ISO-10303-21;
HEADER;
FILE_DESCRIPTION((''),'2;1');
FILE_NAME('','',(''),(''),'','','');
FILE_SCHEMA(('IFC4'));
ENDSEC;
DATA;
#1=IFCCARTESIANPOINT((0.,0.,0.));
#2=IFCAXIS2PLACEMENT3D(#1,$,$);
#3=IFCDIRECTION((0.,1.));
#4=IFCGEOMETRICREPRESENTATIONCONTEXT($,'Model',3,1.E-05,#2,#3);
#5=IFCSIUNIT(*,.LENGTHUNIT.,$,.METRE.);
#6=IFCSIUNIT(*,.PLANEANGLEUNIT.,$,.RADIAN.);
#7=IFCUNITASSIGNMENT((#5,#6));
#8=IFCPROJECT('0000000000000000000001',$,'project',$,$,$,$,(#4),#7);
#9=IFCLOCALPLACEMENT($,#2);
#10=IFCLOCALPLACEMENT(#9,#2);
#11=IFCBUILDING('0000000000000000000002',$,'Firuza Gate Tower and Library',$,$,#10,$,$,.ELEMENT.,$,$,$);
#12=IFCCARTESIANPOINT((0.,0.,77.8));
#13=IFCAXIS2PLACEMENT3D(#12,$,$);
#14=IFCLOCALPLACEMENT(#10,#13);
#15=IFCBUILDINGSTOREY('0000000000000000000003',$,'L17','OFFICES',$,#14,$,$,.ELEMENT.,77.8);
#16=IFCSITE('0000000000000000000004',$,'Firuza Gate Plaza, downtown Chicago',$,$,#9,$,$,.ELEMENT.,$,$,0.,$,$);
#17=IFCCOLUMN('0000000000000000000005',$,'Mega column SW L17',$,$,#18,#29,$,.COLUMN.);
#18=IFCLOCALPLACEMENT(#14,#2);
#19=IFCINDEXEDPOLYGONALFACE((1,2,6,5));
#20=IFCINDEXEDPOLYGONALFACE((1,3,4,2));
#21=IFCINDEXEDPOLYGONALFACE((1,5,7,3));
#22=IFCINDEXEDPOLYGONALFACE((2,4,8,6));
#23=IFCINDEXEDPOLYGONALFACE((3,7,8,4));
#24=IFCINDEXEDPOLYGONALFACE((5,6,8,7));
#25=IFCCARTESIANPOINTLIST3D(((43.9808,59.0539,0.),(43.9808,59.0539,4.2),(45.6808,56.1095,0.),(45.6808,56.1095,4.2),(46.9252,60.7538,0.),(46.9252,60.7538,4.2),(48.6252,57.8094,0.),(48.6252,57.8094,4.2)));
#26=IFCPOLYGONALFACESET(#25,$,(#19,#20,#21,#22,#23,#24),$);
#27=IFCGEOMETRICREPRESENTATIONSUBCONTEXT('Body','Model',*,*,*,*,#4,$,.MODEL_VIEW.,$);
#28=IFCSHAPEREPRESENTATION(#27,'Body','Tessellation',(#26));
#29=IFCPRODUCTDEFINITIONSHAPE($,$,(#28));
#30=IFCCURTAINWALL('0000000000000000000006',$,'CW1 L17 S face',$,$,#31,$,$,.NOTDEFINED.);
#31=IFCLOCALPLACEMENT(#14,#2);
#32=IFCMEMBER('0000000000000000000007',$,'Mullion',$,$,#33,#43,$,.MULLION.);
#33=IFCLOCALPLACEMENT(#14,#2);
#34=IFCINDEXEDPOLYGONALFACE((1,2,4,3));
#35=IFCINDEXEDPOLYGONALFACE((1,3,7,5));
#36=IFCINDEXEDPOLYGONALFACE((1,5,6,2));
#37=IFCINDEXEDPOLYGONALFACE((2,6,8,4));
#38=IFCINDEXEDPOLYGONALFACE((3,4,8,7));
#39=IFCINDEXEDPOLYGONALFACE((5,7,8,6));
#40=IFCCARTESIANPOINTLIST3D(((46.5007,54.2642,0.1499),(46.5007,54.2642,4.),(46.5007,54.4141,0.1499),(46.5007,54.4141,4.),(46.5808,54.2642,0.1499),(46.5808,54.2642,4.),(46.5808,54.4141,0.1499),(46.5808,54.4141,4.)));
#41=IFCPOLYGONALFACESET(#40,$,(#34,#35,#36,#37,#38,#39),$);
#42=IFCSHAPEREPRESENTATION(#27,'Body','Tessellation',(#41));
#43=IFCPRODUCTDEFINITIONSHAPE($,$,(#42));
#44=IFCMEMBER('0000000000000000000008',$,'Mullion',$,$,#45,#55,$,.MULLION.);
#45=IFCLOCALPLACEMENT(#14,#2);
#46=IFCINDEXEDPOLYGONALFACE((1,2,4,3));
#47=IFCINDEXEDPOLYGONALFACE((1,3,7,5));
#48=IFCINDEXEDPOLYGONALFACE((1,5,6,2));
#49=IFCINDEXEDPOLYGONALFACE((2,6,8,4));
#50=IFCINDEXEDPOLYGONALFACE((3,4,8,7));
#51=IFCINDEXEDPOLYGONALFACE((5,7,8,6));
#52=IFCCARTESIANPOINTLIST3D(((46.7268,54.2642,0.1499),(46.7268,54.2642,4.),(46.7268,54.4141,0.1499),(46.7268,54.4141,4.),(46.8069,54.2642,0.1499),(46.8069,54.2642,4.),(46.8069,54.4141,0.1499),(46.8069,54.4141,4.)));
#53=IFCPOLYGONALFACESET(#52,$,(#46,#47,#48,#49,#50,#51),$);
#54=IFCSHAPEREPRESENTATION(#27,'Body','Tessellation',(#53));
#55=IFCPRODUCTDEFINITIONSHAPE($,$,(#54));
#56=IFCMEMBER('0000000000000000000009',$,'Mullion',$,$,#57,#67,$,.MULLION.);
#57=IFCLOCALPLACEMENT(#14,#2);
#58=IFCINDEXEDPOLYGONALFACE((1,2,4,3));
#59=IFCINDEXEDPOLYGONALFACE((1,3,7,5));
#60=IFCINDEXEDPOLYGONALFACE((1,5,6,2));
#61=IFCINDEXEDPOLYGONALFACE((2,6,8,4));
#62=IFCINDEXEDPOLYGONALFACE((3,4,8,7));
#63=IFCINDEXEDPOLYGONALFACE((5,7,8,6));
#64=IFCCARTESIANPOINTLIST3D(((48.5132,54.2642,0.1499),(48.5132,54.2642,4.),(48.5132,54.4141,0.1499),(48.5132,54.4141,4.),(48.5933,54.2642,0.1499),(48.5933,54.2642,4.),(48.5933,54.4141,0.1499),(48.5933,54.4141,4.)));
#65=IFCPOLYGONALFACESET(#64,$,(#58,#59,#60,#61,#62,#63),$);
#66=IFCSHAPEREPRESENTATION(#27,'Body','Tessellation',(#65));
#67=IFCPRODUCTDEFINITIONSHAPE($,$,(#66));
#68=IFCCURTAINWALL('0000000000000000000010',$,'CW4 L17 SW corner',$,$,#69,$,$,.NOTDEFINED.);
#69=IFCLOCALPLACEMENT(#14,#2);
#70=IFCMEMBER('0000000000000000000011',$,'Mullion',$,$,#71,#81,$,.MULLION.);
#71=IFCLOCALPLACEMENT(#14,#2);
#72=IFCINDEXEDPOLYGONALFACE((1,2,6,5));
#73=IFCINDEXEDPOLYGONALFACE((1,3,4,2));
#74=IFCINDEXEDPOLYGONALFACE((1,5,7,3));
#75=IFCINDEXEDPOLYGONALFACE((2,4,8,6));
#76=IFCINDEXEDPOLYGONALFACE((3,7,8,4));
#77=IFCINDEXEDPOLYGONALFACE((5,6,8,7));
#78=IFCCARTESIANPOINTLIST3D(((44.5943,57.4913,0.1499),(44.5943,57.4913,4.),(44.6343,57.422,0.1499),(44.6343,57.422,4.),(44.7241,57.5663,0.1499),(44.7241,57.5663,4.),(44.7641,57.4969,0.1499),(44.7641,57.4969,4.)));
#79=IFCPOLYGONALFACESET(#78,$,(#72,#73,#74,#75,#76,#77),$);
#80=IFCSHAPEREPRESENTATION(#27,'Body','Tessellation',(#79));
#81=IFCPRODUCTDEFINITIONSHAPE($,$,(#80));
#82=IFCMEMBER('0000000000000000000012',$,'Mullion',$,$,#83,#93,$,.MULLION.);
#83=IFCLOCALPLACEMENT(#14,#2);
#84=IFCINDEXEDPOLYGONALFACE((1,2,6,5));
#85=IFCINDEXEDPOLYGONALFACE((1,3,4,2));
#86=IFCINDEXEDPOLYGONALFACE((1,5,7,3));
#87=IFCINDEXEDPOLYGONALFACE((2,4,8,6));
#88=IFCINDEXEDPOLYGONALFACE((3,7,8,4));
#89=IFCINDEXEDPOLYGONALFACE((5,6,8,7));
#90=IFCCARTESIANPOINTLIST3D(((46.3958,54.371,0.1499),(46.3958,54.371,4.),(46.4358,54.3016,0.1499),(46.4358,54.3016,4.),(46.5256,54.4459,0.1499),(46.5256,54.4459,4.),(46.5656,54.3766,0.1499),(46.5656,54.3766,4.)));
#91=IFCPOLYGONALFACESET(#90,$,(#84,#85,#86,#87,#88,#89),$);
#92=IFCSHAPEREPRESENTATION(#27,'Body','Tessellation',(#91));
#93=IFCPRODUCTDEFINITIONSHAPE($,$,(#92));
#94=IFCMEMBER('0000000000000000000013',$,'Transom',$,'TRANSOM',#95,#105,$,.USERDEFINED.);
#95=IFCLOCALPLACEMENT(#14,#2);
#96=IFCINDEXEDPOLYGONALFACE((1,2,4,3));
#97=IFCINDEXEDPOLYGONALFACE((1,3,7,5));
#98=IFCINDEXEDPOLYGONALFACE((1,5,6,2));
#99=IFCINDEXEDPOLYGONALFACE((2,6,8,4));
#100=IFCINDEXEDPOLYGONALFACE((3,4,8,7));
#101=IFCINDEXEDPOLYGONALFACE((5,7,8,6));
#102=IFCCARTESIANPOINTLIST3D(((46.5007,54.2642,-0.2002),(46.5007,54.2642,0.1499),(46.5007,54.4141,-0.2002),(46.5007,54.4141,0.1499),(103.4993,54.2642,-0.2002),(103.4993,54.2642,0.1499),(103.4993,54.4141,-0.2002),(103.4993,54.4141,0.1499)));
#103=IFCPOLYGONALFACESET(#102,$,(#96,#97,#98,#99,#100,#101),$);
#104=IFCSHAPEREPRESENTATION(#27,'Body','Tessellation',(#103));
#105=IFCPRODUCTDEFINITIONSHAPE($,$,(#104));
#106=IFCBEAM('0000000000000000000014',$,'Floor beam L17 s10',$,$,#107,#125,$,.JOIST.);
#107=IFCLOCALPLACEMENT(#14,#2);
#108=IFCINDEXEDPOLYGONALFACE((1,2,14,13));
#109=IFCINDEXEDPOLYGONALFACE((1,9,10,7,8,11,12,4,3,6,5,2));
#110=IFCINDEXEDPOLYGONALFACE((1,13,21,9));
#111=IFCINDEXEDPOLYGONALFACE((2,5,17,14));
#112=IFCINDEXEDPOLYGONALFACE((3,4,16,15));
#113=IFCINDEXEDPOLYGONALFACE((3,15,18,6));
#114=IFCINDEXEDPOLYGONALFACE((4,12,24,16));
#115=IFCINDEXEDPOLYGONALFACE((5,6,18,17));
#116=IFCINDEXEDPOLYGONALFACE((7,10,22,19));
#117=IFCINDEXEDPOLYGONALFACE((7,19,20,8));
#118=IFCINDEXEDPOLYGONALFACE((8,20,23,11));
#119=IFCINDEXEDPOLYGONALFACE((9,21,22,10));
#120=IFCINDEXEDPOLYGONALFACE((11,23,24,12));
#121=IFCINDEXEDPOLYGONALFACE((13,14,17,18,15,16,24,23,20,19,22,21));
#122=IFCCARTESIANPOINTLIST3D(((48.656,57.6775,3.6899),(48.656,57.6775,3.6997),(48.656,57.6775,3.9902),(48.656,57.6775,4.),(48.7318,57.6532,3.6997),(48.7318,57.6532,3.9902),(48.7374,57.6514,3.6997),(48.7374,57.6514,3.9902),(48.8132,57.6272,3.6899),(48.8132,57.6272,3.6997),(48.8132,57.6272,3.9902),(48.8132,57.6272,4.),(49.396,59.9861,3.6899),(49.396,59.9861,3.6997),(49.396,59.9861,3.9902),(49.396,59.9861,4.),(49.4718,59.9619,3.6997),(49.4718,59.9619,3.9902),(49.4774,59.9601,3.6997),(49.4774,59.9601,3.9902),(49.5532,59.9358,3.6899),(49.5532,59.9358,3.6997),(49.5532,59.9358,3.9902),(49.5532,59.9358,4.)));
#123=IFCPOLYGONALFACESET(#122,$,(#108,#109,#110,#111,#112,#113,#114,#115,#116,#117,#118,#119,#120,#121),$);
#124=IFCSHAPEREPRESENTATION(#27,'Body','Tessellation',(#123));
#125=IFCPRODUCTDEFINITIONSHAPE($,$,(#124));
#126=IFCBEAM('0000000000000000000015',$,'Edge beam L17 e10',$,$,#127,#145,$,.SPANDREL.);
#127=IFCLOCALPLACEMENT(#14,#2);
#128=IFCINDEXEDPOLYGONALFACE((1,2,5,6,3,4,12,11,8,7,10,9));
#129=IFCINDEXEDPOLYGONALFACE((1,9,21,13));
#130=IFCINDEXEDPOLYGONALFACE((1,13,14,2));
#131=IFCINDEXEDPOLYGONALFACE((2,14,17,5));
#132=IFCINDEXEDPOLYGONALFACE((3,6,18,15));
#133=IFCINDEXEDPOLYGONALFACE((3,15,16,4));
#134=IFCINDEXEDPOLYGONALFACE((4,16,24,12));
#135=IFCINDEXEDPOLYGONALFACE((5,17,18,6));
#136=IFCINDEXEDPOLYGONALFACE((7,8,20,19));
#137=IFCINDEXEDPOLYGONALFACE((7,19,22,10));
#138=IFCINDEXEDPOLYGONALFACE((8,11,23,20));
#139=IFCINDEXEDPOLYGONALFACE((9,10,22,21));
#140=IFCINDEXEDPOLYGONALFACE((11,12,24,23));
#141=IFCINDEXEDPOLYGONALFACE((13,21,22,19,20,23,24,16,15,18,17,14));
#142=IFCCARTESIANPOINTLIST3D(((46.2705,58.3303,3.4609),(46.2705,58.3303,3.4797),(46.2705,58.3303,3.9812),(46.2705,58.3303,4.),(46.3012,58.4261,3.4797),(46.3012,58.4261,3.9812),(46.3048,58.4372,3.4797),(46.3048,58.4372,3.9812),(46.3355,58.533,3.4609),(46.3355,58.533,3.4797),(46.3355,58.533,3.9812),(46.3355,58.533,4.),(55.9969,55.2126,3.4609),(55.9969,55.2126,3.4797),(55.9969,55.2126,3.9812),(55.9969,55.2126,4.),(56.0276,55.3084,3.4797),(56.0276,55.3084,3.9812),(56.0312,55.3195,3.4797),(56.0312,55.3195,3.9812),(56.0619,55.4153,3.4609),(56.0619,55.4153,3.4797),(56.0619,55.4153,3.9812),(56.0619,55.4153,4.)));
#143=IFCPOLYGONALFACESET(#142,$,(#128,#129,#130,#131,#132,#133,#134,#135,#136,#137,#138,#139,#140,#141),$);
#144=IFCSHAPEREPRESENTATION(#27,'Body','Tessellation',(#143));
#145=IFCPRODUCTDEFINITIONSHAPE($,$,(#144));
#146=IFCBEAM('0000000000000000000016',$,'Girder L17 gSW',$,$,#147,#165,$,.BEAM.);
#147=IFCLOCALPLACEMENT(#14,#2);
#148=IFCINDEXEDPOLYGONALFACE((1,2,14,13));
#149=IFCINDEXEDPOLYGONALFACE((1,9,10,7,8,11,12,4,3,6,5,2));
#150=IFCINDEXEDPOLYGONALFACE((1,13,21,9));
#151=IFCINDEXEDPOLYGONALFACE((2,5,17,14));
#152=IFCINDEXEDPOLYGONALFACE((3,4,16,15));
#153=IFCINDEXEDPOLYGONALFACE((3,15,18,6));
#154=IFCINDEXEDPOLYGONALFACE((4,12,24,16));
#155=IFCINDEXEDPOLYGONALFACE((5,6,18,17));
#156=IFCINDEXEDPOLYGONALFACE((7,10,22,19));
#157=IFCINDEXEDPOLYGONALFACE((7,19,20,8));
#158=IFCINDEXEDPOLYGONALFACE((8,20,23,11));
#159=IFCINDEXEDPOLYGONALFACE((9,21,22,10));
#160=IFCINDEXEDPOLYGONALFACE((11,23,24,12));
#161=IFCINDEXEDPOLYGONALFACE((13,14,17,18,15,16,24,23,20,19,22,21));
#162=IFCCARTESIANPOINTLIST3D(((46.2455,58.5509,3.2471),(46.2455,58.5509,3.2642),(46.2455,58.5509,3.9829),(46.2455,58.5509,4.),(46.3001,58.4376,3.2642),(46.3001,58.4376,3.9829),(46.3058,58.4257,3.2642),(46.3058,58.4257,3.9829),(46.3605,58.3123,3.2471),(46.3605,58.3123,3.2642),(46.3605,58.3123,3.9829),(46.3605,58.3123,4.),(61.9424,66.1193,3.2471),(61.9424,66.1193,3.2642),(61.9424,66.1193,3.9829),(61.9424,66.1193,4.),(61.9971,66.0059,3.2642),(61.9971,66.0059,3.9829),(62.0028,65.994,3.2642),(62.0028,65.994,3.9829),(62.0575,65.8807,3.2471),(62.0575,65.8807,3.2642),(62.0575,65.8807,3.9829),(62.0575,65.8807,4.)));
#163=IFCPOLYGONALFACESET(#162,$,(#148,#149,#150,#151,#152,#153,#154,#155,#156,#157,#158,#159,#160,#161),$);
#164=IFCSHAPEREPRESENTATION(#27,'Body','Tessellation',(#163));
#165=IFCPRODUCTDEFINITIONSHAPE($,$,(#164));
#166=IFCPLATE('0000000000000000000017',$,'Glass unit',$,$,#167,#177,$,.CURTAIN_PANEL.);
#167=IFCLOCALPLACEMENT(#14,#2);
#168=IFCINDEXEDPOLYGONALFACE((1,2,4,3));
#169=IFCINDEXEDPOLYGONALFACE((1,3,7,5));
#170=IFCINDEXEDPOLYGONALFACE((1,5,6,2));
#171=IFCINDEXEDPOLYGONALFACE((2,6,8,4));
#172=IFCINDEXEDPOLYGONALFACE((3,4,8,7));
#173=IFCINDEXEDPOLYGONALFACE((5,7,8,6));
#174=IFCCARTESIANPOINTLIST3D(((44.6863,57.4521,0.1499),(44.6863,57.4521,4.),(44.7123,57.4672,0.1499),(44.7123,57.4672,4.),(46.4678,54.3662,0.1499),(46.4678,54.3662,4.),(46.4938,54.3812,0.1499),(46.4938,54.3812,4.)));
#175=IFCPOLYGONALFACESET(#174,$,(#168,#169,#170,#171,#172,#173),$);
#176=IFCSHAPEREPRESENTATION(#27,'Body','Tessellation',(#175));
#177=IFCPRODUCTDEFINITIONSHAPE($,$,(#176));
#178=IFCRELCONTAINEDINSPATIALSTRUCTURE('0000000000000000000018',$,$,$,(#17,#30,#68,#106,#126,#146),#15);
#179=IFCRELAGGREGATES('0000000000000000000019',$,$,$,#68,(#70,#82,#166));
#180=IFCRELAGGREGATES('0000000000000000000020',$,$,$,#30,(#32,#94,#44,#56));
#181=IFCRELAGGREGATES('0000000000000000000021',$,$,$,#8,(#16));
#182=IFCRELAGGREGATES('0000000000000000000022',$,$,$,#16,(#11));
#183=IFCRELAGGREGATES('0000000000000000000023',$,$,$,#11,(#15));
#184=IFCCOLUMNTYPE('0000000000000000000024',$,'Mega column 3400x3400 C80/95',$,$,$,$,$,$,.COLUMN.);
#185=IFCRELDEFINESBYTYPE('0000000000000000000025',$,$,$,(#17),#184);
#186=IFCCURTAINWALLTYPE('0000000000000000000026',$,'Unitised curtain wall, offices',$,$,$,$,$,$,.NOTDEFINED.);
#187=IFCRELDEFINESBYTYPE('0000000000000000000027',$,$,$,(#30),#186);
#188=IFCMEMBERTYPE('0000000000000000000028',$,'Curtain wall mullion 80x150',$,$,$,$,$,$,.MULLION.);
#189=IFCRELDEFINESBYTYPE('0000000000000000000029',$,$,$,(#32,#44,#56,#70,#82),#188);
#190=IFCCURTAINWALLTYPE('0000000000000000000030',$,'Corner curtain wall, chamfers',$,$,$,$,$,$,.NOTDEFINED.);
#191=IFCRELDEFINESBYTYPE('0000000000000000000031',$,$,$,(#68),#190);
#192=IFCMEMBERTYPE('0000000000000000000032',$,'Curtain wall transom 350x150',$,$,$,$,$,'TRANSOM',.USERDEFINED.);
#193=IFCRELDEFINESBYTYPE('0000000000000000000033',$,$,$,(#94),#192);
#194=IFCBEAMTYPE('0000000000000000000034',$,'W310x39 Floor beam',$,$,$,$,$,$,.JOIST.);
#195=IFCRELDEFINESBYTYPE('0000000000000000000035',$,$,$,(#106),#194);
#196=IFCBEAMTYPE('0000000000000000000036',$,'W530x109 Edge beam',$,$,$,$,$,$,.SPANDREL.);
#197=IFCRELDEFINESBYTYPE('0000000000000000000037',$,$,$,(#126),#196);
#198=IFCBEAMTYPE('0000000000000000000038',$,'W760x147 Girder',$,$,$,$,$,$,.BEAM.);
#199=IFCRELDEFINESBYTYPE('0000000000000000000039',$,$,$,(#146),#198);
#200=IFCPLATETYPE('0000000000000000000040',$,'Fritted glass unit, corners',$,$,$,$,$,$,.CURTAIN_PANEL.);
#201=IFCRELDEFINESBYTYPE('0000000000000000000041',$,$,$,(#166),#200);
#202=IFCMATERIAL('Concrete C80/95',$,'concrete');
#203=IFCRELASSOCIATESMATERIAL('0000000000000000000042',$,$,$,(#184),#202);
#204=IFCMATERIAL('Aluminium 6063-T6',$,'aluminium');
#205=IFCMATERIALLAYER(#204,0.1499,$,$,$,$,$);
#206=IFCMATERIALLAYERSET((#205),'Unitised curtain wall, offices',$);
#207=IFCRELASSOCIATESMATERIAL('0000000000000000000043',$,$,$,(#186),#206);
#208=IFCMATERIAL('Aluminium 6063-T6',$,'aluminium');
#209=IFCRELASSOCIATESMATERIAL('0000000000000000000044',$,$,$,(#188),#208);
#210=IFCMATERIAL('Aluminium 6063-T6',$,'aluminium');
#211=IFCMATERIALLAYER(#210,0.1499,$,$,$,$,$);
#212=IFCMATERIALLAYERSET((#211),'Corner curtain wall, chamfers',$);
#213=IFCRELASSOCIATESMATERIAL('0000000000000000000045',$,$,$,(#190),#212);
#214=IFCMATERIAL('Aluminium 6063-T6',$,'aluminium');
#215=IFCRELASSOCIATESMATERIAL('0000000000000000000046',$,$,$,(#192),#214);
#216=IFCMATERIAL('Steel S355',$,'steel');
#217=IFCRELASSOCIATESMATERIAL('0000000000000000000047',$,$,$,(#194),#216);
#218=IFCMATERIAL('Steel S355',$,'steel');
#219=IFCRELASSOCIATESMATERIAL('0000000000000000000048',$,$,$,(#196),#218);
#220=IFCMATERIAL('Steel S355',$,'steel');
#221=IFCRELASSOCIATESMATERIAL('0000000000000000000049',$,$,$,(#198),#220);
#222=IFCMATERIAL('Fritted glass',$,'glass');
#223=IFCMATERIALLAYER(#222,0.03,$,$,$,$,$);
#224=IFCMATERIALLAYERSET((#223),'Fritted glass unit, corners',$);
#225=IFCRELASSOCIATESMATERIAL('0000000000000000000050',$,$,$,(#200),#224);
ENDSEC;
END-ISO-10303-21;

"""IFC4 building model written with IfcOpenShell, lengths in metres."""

from ifc_helpers import new_model, si_unit, direction, frame, origin, origin_2d, place, context, subcontext, project, spatial, polyline, rectangle, i_section, outline, extrude, material, layer, layer_set, material_profile, profile_set, type_object, element, aggregate, save


model = new_model("IFC4")

# Units and contexts
model_context = context("Model", 3, precision=1e-05, world=origin(), true_north=direction((0.0, 1.0)))
body_context = subcontext(model_context, "Body", "Model", "MODEL_VIEW")
ifc_project = project(units=[si_unit("LENGTHUNIT", "METRE"), si_unit("PLANEANGLEUNIT", "RADIAN")], contexts=[model_context])

# Site, building, storey
site_placement = place(None, origin())
site = spatial("IfcSite", under=ifc_project, at=site_placement, Name="Firuza Gate Plaza, downtown Chicago", CompositionType="ELEMENT", RefElevation=0.0)
building_placement = place(site_placement, origin())
building = spatial("IfcBuilding", under=site, at=building_placement, Name="Firuza Gate Tower and Library", CompositionType="ELEMENT")
storey_placement = place(building_placement, frame((0.0, 0.0, 77.8)))
storey = spatial("IfcBuildingStorey", under=building, at=storey_placement, Name="L17", Description="OFFICES", CompositionType="ELEMENT", Elevation=77.8)

# Column
ifc_material_1 = material(Name="Concrete C80/95", Category="concrete")
ifc_material_profile_1 = material_profile(ifc_material_1, rectangle(XDim=3.3999, YDim=3.3999, at=origin_2d()))
ifc_profile_set_1 = profile_set([ifc_material_profile_1], Name="Concrete C80/95")
column_type = type_object("IfcColumnType", Name="Mega column 3400x3400 C80/95", PredefinedType="COLUMN", material=ifc_profile_set_1)
column_placement = place(storey_placement, frame((46.303, 58.4316, 0.0), z_axis=(0.0, 0.0, 1.0), x_axis=(0.5, -0.866025, 0.0)))
element("IfcColumn", 1, at=column_placement, inside=storey, type_object=column_type, Name="Mega column SW L17", PredefinedType="COLUMN", context=body_context, shape_type="SweptSolid", body=[
    extrude(rectangle(XDim=3.3999, YDim=3.3999, at=origin_2d()), origin(), (0.0, 0.0, 1.0), 4.2),
])

# Curtain walls, members
ifc_material_2 = material(Name="Aluminium 6063-T6", Category="aluminium")
ifc_layer_1 = layer(ifc_material_2, 0.1499)
ifc_layer_set_1 = layer_set([ifc_layer_1], Name="Unitised curtain wall, offices")
curtain_wall_type_1 = type_object("IfcCurtainWallType", Name="Unitised curtain wall, offices", PredefinedType="NOTDEFINED", material=ifc_layer_set_1)
placement_1 = place(storey_placement, origin())
curtain_wall_1 = element("IfcCurtainWall", 2, at=placement_1, inside=storey, type_object=curtain_wall_type_1, Name="CW1 L17 S face", PredefinedType="NOTDEFINED")
ifc_material_3 = material(Name="Aluminium 6063-T6", Category="aluminium")
ifc_material_profile_2 = material_profile(ifc_material_3, rectangle(XDim=0.1499, YDim=0.0801, at=origin_2d()))
ifc_profile_set_2 = profile_set([ifc_material_profile_2], Name="Aluminium 6063-T6")
member_type_1 = type_object("IfcMemberType", Name="Curtain wall mullion 80x150", PredefinedType="MULLION", material=ifc_profile_set_2)
member_1_placement = place(storey_placement, frame((46.5408, 54.3391, 0.1499), z_axis=(0.0, 0.0, 1.0), x_axis=(0.0, 1.0, 0.0)))
member_1 = element("IfcMember", 3, at=member_1_placement, type_object=member_type_1, Name="Mullion", PredefinedType="MULLION", context=body_context, shape_type="SweptSolid", body=[
    extrude(rectangle(XDim=0.1499, YDim=0.0801, at=origin_2d()), origin(), (0.0, 0.0, 1.0), 3.8501),
])
member_2_placement = place(storey_placement, frame((46.7668, 54.3391, 0.1499), z_axis=(0.0, 0.0, 1.0), x_axis=(0.0, 1.0, 0.0)))
member_2 = element("IfcMember", 4, at=member_2_placement, type_object=member_type_1, Name="Mullion", PredefinedType="MULLION", context=body_context, shape_type="SweptSolid", body=[
    extrude(rectangle(XDim=0.1499, YDim=0.0801, at=origin_2d()), origin(), (0.0, 0.0, 1.0), 3.8501),
])
member_3_placement = place(storey_placement, frame((48.5532, 54.3391, 0.1499), z_axis=(0.0, 0.0, 1.0), x_axis=(0.0, 1.0, 0.0)))
member_3 = element("IfcMember", 5, at=member_3_placement, type_object=member_type_1, Name="Mullion", PredefinedType="MULLION", context=body_context, shape_type="SweptSolid", body=[
    extrude(rectangle(XDim=0.1499, YDim=0.0801, at=origin_2d()), origin(), (0.0, 0.0, 1.0), 3.8501),
])
ifc_material_4 = material(Name="Aluminium 6063-T6", Category="aluminium")
ifc_layer_2 = layer(ifc_material_4, 0.1499)
ifc_layer_set_2 = layer_set([ifc_layer_2], Name="Corner curtain wall, chamfers")
curtain_wall_type_2 = type_object("IfcCurtainWallType", Name="Corner curtain wall, chamfers", PredefinedType="NOTDEFINED", material=ifc_layer_set_2)
curtain_wall_2 = element("IfcCurtainWall", 6, at=placement_1, inside=storey, type_object=curtain_wall_type_2, Name="CW4 L17 SW corner", PredefinedType="NOTDEFINED")
member_4_placement = place(storey_placement, frame((44.6792, 57.4941, 0.1499), z_axis=(0.0, 0.0, 1.0), x_axis=(0.866025, 0.5, 0.0)))
member_4 = element("IfcMember", 7, at=member_4_placement, type_object=member_type_1, Name="Mullion", PredefinedType="MULLION", context=body_context, shape_type="SweptSolid", body=[
    extrude(rectangle(XDim=0.1499, YDim=0.0801, at=origin_2d()), origin(), (0.0, 0.0, 1.0), 3.8501),
])
member_5_placement = place(storey_placement, frame((46.4807, 54.3738, 0.1499), z_axis=(0.0, 0.0, 1.0), x_axis=(0.866025, 0.5, 0.0)))
member_5 = element("IfcMember", 8, at=member_5_placement, type_object=member_type_1, Name="Mullion", PredefinedType="MULLION", context=body_context, shape_type="SweptSolid", body=[
    extrude(rectangle(XDim=0.1499, YDim=0.0801, at=origin_2d()), origin(), (0.0, 0.0, 1.0), 3.8501),
])

# Member
ifc_material_5 = material(Name="Aluminium 6063-T6", Category="aluminium")
ifc_material_profile_3 = material_profile(ifc_material_5, rectangle(XDim=0.1499, YDim=0.3501, at=origin_2d()))
ifc_profile_set_3 = profile_set([ifc_material_profile_3], Name="Aluminium 6063-T6")
member_type_2 = type_object("IfcMemberType", Name="Curtain wall transom 350x150", ElementType="TRANSOM", PredefinedType="USERDEFINED", material=ifc_profile_set_3)
member_6_placement = place(storey_placement, frame((46.5007, 54.3391, -0.0251), z_axis=(1.0, 0.0, 0.0), x_axis=(0.0, 1.0, 0.0)))
member_6 = element("IfcMember", 9, at=member_6_placement, type_object=member_type_2, Name="Transom", ObjectType="TRANSOM", PredefinedType="USERDEFINED", context=body_context, shape_type="SweptSolid", body=[
    extrude(rectangle(XDim=0.1499, YDim=0.3501, at=origin_2d()), origin(), (0.0, 0.0, 1.0), 56.9985),
])

# Beams
ifc_material_6 = material(Name="Steel S355", Category="steel")
ifc_material_profile_4 = material_profile(ifc_material_6, i_section(OverallWidth=0.165, OverallDepth=0.3101, WebThickness=0.0059, FlangeThickness=0.0098, at=origin_2d()))
ifc_profile_set_4 = profile_set([ifc_material_profile_4], Name="Steel S355")
beam_type_1 = type_object("IfcBeamType", Name="W310x39 Floor beam", PredefinedType="JOIST", material=ifc_profile_set_4)
beam_1_placement = place(storey_placement, frame((48.7346, 57.6523, 3.845), z_axis=(0.30524, 0.952276, 0.0), x_axis=(-0.952276, 0.30524, 0.0)))
element("IfcBeam", 10, at=beam_1_placement, inside=storey, type_object=beam_type_1, Name="Floor beam L17 s10", PredefinedType="JOIST", context=body_context, shape_type="SweptSolid", body=[
    extrude(i_section(OverallWidth=0.165, OverallDepth=0.3101, WebThickness=0.0059, FlangeThickness=0.0098, at=origin_2d()), origin(), (0.0, 0.0, 1.0), 2.4243),
])
ifc_material_7 = material(Name="Steel S355", Category="steel")
ifc_material_profile_5 = material_profile(ifc_material_7, i_section(OverallWidth=0.2129, OverallDepth=0.5391, WebThickness=0.0117, FlangeThickness=0.0188, at=origin_2d()))
ifc_profile_set_5 = profile_set([ifc_material_profile_5], Name="Steel S355")
beam_type_2 = type_object("IfcBeamType", Name="W530x109 Edge beam", PredefinedType="SPANDREL", material=ifc_profile_set_5)
beam_2_placement = place(storey_placement, frame((46.303, 58.4316, 3.7305), z_axis=(0.952275, -0.305242, 0.0), x_axis=(0.305242, 0.952275, 0.0)))
element("IfcBeam", 11, at=beam_2_placement, inside=storey, type_object=beam_type_2, Name="Edge beam L17 e10", PredefinedType="SPANDREL", context=body_context, shape_type="SweptSolid", body=[
    extrude(i_section(OverallWidth=0.2129, OverallDepth=0.5391, WebThickness=0.0117, FlangeThickness=0.0188, at=origin_2d()), origin(), (0.0, 0.0, 1.0), 10.2139),
])
ifc_material_8 = material(Name="Steel S355", Category="steel")
ifc_material_profile_6 = material_profile(ifc_material_8, i_section(OverallWidth=0.2649, OverallDepth=0.7529, WebThickness=0.0132, FlangeThickness=0.0171, at=origin_2d()))
ifc_profile_set_6 = profile_set([ifc_material_profile_6], Name="Steel S355")
beam_type_3 = type_object("IfcBeamType", Name="W760x147 Girder", PredefinedType="BEAM", material=ifc_profile_set_6)
beam_3_placement = place(storey_placement, frame((46.303, 58.4316, 3.6235), z_axis=(0.900765, 0.434306, 0.0), x_axis=(-0.434306, 0.900765, 0.0)))
element("IfcBeam", 12, at=beam_3_placement, inside=storey, type_object=beam_type_3, Name="Girder L17 gSW", PredefinedType="BEAM", context=body_context, shape_type="SweptSolid", body=[
    extrude(i_section(OverallWidth=0.2649, OverallDepth=0.7529, WebThickness=0.0132, FlangeThickness=0.0171, at=origin_2d()), origin(), (0.0, 0.0, 1.0), 17.4263),
])

# Plate
ifc_material_9 = material(Name="Fritted glass", Category="glass")
ifc_layer_3 = layer(ifc_material_9, 0.03)
ifc_layer_set_3 = layer_set([ifc_layer_3], Name="Fritted glass unit, corners")
plate_type_1 = type_object("IfcPlateType", Name="Fritted glass unit, corners", PredefinedType="CURTAIN_PANEL", material=ifc_layer_set_3)
plate_1_placement = place(storey_placement, frame((44.6863, 57.4521, 0.1499), z_axis=(-0.866046, -0.499964, 0.0), x_axis=(0.499964, -0.866046, 0.0)))
plate_1 = element("IfcPlate", 13, at=plate_1_placement, type_object=plate_type_1, Name="Glass unit", PredefinedType="CURTAIN_PANEL", context=body_context, shape_type="SweptSolid", body=[
    extrude(outline(polyline([(0.0, 0.0), (3.5632, 0.0), (3.5632, 3.8501), (0.0, 3.8501), (0.0, 0.0)])), origin(), (0.0, 0.0, -1.0), 0.03),
])
aggregate(curtain_wall_2, [member_4, member_5, plate_1])
aggregate(curtain_wall_1, [member_1, member_6, member_2, member_3])

save(model, "model.ifc")
